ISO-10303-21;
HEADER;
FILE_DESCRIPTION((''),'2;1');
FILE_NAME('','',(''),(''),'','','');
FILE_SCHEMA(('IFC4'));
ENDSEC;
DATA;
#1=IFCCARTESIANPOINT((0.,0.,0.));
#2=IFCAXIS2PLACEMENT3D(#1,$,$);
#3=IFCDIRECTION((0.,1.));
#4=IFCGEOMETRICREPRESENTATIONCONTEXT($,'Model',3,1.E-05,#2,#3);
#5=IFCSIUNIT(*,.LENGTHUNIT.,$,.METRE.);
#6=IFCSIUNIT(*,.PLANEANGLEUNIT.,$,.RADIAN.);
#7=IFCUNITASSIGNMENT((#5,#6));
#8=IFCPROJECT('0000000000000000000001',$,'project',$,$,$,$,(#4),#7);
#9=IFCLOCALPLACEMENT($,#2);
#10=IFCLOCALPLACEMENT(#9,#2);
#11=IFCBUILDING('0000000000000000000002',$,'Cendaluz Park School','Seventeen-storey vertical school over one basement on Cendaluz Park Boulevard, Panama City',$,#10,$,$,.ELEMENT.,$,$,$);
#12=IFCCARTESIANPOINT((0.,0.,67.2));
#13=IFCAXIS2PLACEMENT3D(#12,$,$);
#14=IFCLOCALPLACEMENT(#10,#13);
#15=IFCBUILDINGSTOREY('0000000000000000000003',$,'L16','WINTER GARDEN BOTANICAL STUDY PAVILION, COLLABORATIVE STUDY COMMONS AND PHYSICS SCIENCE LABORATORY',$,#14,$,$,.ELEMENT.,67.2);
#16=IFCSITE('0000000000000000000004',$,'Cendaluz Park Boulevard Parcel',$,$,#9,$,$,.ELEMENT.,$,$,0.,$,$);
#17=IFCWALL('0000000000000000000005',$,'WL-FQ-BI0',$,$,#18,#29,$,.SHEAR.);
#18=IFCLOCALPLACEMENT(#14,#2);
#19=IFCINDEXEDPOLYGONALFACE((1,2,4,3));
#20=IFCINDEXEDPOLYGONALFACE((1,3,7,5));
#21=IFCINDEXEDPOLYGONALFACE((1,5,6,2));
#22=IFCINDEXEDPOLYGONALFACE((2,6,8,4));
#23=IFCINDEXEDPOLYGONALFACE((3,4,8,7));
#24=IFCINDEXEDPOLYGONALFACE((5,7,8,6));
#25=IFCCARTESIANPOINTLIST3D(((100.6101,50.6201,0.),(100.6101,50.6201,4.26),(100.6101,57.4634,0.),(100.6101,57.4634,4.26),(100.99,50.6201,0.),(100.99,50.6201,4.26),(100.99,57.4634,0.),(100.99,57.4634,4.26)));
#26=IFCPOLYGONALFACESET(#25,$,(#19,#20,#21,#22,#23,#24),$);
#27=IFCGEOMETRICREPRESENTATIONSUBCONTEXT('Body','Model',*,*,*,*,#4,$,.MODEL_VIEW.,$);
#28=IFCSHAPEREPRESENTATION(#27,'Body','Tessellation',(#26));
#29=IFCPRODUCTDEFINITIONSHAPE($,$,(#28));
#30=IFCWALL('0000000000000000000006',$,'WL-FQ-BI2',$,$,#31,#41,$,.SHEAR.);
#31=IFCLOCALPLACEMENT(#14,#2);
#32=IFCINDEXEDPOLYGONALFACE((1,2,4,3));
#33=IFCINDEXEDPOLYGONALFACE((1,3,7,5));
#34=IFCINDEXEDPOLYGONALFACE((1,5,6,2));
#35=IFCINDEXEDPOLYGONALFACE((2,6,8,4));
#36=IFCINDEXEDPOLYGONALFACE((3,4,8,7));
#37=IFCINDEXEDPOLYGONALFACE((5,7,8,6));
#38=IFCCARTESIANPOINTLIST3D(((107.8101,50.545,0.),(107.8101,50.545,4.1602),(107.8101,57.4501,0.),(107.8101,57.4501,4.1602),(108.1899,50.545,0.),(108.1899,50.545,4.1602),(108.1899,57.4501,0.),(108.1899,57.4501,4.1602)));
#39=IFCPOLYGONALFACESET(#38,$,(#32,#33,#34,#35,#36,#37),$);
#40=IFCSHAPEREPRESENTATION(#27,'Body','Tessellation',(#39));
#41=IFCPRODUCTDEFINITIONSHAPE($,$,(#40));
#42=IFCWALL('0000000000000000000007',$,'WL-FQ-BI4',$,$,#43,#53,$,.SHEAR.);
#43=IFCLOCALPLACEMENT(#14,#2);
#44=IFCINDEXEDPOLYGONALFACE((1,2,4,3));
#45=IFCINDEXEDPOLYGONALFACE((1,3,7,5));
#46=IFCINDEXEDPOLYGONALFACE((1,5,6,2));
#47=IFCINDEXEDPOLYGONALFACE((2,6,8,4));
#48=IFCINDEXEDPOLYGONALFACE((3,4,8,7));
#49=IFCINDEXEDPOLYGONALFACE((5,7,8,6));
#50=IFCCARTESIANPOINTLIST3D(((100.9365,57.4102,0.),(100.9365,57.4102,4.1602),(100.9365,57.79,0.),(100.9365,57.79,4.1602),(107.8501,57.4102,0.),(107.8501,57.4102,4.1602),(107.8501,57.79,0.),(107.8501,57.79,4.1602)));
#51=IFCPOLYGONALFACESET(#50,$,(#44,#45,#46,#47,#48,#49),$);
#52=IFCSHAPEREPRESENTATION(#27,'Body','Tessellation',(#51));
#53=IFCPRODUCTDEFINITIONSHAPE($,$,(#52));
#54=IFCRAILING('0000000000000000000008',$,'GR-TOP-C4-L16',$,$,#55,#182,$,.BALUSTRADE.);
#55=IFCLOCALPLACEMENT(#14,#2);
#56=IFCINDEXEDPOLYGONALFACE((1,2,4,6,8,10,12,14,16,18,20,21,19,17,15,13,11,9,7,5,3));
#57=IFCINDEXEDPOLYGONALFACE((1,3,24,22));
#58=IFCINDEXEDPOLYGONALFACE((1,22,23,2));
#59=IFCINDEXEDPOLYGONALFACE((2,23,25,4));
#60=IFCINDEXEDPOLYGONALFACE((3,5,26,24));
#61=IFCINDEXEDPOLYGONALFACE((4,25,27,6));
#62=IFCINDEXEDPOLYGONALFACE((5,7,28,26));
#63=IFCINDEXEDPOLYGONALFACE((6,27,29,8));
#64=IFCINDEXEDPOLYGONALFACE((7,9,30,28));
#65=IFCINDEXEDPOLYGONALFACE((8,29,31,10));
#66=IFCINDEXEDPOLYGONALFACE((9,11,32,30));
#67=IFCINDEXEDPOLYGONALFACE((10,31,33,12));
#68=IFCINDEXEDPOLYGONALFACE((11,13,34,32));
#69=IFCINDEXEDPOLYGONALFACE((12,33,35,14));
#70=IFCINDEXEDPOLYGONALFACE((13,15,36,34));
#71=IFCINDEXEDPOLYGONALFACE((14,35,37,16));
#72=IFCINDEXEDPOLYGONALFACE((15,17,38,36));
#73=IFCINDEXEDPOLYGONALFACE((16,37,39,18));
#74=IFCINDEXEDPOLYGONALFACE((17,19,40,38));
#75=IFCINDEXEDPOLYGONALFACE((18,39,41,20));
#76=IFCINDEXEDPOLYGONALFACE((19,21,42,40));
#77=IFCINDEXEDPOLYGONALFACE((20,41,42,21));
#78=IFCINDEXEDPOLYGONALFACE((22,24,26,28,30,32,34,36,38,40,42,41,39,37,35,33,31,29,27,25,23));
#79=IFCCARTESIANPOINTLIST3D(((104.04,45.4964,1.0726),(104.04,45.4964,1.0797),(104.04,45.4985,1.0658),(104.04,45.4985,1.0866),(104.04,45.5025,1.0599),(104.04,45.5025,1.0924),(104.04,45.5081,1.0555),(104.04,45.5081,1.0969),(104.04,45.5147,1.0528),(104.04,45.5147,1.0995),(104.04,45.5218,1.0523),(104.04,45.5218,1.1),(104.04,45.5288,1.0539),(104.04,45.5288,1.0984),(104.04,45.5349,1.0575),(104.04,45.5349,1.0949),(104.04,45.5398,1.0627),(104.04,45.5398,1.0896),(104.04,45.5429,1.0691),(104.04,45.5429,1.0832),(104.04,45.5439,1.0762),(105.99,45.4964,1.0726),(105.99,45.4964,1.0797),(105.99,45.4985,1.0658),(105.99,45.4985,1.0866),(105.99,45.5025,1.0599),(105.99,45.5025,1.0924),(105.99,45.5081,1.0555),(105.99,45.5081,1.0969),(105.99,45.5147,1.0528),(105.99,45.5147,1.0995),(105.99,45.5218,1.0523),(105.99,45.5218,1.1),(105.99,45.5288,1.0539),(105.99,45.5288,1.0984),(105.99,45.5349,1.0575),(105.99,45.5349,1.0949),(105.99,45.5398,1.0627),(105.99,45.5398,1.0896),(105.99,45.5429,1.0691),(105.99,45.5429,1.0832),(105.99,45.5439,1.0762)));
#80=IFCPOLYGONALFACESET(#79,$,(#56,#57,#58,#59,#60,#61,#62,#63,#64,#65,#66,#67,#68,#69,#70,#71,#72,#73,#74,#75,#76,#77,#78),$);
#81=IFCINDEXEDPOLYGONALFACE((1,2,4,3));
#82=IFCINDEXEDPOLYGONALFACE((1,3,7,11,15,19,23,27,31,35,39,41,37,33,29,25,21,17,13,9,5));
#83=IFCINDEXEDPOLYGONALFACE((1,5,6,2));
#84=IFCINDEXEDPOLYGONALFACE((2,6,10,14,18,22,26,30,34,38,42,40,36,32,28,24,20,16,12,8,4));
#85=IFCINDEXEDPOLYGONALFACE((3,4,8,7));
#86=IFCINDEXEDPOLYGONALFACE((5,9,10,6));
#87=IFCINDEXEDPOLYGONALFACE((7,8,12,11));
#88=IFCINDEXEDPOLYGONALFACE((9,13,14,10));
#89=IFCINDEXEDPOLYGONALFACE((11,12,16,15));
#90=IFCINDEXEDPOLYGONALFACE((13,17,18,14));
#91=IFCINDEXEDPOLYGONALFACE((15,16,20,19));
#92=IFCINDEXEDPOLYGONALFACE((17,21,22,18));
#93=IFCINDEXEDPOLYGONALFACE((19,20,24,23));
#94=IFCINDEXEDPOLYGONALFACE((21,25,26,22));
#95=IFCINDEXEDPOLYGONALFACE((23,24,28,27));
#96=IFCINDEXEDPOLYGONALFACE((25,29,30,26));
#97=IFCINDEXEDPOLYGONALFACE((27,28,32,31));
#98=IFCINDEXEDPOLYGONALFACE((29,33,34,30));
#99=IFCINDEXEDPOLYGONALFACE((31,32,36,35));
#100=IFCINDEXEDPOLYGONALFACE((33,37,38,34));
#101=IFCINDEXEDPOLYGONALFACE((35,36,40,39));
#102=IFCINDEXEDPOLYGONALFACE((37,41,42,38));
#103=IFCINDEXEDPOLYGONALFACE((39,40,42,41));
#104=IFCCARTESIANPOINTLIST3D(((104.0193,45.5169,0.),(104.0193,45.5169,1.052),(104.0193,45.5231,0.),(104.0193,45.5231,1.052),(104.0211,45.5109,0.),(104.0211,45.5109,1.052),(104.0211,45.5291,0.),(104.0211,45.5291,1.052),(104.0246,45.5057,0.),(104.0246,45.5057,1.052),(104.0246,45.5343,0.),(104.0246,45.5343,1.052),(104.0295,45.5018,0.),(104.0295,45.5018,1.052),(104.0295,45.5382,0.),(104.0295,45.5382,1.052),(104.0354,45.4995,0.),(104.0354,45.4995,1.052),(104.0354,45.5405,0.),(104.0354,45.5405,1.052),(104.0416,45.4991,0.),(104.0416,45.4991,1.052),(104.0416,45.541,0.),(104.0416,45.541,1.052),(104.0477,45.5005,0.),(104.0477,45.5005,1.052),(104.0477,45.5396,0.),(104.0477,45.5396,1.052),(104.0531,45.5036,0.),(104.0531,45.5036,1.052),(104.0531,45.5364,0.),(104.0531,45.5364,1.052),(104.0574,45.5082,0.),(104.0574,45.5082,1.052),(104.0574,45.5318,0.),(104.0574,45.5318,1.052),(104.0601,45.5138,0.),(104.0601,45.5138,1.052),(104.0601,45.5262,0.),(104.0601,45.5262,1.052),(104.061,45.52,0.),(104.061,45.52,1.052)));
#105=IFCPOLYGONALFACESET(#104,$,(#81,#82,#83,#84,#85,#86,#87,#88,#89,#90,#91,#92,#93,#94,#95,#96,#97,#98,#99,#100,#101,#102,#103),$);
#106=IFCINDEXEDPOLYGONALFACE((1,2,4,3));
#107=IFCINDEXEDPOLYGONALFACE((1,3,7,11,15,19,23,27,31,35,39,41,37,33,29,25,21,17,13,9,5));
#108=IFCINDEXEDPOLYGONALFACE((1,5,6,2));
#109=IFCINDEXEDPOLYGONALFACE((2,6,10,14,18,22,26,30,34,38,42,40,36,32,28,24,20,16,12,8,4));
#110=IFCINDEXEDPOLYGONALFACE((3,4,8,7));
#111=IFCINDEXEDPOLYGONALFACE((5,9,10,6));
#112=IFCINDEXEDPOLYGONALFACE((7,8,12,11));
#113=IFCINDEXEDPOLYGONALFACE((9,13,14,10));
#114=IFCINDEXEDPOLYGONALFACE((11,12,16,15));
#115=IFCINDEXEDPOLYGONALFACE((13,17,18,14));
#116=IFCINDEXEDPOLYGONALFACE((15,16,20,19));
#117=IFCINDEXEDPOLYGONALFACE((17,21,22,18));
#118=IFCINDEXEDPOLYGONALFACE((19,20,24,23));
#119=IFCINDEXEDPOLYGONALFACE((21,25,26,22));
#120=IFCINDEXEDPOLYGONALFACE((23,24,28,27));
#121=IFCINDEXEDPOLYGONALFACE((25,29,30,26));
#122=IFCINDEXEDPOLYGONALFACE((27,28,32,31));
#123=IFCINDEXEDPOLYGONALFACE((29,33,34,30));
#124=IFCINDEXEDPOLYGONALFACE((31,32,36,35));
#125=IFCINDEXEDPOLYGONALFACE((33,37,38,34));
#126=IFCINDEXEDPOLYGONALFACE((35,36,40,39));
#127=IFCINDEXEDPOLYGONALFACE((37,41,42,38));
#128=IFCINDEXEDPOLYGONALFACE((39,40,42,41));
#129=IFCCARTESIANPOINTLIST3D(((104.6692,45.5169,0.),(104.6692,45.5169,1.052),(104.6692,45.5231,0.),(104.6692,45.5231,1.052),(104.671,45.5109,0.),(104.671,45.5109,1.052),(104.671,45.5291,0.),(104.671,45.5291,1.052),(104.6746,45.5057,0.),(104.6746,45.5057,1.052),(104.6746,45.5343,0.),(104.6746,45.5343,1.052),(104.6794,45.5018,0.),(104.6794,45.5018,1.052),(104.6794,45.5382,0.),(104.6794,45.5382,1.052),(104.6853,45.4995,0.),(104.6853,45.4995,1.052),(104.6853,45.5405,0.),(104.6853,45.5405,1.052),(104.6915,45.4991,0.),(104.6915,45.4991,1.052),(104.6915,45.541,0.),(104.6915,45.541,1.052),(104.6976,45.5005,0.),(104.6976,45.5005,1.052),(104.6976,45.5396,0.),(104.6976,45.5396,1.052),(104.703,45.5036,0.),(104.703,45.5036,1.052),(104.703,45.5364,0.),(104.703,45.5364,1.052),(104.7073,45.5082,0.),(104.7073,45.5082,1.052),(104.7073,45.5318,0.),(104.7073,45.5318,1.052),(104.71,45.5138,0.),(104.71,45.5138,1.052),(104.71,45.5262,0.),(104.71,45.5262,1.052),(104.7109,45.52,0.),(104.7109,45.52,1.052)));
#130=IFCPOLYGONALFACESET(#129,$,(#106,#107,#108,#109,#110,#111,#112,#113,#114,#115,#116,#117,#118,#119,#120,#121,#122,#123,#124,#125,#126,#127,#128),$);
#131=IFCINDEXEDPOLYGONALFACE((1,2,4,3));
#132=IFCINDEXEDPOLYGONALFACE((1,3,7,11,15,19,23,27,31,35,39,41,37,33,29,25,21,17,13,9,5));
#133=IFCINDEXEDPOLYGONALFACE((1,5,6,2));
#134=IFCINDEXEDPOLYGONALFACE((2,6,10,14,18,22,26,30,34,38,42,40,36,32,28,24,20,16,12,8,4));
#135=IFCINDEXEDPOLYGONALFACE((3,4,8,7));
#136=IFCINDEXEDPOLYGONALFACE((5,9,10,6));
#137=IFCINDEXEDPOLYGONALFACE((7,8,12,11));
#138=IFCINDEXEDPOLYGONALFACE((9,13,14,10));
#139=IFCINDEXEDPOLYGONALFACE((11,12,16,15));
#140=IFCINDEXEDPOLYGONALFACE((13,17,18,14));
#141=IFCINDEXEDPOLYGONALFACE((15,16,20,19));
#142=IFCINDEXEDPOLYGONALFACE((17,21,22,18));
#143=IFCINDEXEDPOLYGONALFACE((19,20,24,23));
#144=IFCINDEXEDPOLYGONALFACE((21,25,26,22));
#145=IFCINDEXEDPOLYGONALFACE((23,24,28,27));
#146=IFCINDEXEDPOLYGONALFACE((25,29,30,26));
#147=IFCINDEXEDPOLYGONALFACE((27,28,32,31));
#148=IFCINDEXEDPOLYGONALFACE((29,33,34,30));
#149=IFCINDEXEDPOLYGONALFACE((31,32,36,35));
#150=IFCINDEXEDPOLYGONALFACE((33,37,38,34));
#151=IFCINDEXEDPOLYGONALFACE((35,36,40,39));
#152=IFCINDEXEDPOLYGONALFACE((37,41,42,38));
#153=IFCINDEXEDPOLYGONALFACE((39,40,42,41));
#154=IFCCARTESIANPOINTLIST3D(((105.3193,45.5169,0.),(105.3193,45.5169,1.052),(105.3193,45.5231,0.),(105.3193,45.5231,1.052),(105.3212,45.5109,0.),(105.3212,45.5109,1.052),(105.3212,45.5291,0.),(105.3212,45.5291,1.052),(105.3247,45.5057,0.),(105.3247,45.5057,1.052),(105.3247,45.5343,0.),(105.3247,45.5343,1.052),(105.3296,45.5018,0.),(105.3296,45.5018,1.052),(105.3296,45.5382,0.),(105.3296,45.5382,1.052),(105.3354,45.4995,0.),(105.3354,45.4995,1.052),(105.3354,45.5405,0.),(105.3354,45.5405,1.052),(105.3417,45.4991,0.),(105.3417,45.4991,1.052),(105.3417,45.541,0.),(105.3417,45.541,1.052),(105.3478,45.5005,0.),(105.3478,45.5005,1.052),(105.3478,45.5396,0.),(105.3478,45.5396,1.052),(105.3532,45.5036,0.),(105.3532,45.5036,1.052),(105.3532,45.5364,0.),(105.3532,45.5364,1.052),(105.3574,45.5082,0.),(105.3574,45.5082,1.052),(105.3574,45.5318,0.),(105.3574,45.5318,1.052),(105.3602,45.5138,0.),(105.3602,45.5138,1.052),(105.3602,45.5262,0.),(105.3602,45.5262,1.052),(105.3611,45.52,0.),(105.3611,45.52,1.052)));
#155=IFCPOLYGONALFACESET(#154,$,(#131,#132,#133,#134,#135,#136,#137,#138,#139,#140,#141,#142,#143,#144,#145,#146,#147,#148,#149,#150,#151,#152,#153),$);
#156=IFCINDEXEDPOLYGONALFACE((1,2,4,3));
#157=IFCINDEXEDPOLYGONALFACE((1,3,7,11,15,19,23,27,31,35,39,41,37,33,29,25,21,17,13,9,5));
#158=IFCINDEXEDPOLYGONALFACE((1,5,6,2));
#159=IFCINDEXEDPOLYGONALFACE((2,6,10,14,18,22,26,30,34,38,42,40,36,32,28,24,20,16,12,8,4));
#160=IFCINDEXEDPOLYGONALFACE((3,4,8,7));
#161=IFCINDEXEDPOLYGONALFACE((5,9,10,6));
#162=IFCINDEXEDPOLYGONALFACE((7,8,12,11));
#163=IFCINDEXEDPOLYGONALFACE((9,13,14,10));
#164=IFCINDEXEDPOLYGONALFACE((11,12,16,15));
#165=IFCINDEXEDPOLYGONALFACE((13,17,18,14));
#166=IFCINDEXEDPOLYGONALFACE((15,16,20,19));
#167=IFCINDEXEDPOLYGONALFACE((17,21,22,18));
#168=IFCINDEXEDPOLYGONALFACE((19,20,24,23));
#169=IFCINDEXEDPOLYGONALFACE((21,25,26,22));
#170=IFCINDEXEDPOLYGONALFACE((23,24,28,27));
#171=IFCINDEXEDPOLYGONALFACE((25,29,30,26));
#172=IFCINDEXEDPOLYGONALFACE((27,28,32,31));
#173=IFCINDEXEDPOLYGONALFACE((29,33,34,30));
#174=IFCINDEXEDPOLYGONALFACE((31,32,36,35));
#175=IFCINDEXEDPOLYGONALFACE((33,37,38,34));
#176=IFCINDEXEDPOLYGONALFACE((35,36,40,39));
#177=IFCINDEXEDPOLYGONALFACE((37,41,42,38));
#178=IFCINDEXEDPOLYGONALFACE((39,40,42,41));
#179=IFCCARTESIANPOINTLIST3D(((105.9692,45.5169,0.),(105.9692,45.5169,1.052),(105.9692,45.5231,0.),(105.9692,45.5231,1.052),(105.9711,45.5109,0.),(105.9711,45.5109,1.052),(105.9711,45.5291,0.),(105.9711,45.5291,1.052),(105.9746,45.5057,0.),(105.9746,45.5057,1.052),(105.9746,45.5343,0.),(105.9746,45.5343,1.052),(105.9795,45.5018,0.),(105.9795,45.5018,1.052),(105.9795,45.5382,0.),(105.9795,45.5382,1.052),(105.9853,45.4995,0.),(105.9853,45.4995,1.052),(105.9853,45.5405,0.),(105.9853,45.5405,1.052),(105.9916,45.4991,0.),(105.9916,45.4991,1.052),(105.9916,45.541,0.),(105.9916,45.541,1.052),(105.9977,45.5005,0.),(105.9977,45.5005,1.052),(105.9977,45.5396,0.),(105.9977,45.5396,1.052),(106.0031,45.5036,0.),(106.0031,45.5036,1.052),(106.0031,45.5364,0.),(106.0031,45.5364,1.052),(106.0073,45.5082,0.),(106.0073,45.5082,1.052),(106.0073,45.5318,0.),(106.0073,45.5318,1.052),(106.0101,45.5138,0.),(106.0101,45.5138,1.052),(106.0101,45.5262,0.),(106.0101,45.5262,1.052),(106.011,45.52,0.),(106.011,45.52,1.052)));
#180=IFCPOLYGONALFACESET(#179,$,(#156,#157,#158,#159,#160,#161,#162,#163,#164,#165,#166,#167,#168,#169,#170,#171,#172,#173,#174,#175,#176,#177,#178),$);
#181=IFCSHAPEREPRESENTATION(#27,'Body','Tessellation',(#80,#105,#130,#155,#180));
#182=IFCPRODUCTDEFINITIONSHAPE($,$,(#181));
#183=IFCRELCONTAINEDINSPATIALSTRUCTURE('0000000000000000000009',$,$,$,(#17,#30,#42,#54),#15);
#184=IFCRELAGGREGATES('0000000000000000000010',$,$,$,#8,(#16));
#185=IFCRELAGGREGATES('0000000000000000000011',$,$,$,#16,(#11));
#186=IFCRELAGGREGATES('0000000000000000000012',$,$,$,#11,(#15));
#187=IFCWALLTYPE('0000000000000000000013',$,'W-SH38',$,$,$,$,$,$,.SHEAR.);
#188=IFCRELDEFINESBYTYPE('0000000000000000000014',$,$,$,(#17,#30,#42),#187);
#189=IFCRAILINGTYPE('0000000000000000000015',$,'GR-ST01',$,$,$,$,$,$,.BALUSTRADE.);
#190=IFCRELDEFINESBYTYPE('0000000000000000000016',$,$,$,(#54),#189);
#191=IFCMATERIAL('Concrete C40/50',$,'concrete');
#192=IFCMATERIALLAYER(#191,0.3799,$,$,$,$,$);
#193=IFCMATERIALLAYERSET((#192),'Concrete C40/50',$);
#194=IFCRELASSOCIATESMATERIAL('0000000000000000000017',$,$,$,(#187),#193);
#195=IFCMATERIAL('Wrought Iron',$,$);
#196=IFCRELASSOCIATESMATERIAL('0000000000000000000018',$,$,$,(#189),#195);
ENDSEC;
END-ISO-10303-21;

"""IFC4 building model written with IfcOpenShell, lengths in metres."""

from ifc_helpers import new_model, si_unit, direction, frame, frame_2d, origin, origin_2d, place, context, subcontext, project, spatial, rectangle, circle, extrude, material, layer, layer_set, type_object, element, save


model = new_model("IFC4")

# Units and contexts
model_context = context("Model", 3, precision=1e-05, world=origin(), true_north=direction((0.0, 1.0)))
body_context = subcontext(model_context, "Body", "Model", "MODEL_VIEW")
ifc_project = project(units=[si_unit("LENGTHUNIT", "METRE"), si_unit("PLANEANGLEUNIT", "RADIAN")], contexts=[model_context])

# Site, building, storey
site_placement = place(None, origin())
site = spatial("IfcSite", under=ifc_project, at=site_placement, Name="Cendaluz Park Boulevard Parcel", CompositionType="ELEMENT", RefElevation=0.0)
building_placement = place(site_placement, origin())
building = spatial("IfcBuilding", under=site, at=building_placement, Name="Cendaluz Park School", Description="Seventeen-storey vertical school over one basement on Cendaluz Park Boulevard, Panama City", CompositionType="ELEMENT")
storey_placement = place(building_placement, frame((0.0, 0.0, 67.2)))
storey = spatial("IfcBuildingStorey", under=building, at=storey_placement, Name="L16", Description="WINTER GARDEN BOTANICAL STUDY PAVILION, COLLABORATIVE STUDY COMMONS AND PHYSICS SCIENCE LABORATORY", CompositionType="ELEMENT", Elevation=67.2)

# Shared definitions
ifc_material_1 = material(Name="Concrete C40/50", Category="concrete")

# Shared definitions
ifc_layer_1 = layer(ifc_material_1, 0.3799)
ifc_layer_set_1 = layer_set([ifc_layer_1], Name="Concrete C40/50")
wall_type_1 = type_object("IfcWallType", Name="W-SH38", PredefinedType="SHEAR", material=ifc_layer_set_1)

# Walls
wall_1_placement = place(storey_placement, frame((100.8, 50.6201, 0.0), z_axis=(0.0, 0.0, 1.0), x_axis=(0.0, 1.0, 0.0)))
element("IfcWall", 1, at=wall_1_placement, inside=storey, type_object=wall_type_1, Name="WL-FQ-BI0", PredefinedType="SHEAR", context=body_context, shape_type="SweptSolid", body=[
    extrude(rectangle(XDim=6.8433, YDim=0.3799, at=frame_2d((3.4216, 0.0))), origin(), (0.0, 0.0, 1.0), 4.26),
])
wall_2_placement = place(storey_placement, frame((108.0, 50.5449, 0.0), z_axis=(0.0, 0.0, 1.0), x_axis=(0.0, 1.0, 0.0)))
element("IfcWall", 2, at=wall_2_placement, inside=storey, type_object=wall_type_1, Name="WL-FQ-BI2", PredefinedType="SHEAR", context=body_context, shape_type="SweptSolid", body=[
    extrude(rectangle(XDim=6.905, YDim=0.3799, at=frame_2d((3.4526, 0.0))), origin(), (0.0, 0.0, 1.0), 4.1602),
])
wall_3_placement = place(storey_placement, frame((100.9365, 57.6001, 0.0), z_axis=(0.0, 0.0, 1.0), x_axis=(1.0, 0.0, 0.0)))
element("IfcWall", 3, at=wall_3_placement, inside=storey, type_object=wall_type_1, Name="WL-FQ-BI4", PredefinedType="SHEAR", context=body_context, shape_type="SweptSolid", body=[
    extrude(rectangle(XDim=6.9136, YDim=0.3799, at=frame_2d((3.4568, 0.0))), origin(), (0.0, 0.0, 1.0), 4.1602),
])

# Railing
ifc_material_2 = material(Name="Wrought Iron")
railing_type = type_object("IfcRailingType", Name="GR-ST01", PredefinedType="BALUSTRADE", material=ifc_material_2)
railing_placement = place(storey_placement, frame((104.04, 45.52, 0.0)))
element("IfcRailing", 4, at=railing_placement, inside=storey, type_object=railing_type, Name="GR-TOP-C4-L16", PredefinedType="BALUSTRADE", context=body_context, shape_type="SweptSolid", body=[
    extrude(circle(Radius=0.0239, at=origin_2d()), frame((0.0, 0.0, 1.0762), z_axis=(1.0, 0.0, 0.0), x_axis=(0.0, 1.0, 0.0)), (0.0, 0.0, 1.0), 1.95),
    extrude(circle(Radius=0.021, at=origin_2d()), origin(), (0.0, 0.0, 1.0), 1.052),
    extrude(circle(Radius=0.021, at=origin_2d()), frame((0.6499, 0.0, 0.0)), (0.0, 0.0, 1.0), 1.052),
    extrude(circle(Radius=0.021, at=origin_2d()), frame((1.3, 0.0, 0.0)), (0.0, 0.0, 1.0), 1.052),
    extrude(circle(Radius=0.021, at=origin_2d()), frame((1.95, 0.0, 0.0)), (0.0, 0.0, 1.0), 1.052),
])

save(model, "model.ifc")
